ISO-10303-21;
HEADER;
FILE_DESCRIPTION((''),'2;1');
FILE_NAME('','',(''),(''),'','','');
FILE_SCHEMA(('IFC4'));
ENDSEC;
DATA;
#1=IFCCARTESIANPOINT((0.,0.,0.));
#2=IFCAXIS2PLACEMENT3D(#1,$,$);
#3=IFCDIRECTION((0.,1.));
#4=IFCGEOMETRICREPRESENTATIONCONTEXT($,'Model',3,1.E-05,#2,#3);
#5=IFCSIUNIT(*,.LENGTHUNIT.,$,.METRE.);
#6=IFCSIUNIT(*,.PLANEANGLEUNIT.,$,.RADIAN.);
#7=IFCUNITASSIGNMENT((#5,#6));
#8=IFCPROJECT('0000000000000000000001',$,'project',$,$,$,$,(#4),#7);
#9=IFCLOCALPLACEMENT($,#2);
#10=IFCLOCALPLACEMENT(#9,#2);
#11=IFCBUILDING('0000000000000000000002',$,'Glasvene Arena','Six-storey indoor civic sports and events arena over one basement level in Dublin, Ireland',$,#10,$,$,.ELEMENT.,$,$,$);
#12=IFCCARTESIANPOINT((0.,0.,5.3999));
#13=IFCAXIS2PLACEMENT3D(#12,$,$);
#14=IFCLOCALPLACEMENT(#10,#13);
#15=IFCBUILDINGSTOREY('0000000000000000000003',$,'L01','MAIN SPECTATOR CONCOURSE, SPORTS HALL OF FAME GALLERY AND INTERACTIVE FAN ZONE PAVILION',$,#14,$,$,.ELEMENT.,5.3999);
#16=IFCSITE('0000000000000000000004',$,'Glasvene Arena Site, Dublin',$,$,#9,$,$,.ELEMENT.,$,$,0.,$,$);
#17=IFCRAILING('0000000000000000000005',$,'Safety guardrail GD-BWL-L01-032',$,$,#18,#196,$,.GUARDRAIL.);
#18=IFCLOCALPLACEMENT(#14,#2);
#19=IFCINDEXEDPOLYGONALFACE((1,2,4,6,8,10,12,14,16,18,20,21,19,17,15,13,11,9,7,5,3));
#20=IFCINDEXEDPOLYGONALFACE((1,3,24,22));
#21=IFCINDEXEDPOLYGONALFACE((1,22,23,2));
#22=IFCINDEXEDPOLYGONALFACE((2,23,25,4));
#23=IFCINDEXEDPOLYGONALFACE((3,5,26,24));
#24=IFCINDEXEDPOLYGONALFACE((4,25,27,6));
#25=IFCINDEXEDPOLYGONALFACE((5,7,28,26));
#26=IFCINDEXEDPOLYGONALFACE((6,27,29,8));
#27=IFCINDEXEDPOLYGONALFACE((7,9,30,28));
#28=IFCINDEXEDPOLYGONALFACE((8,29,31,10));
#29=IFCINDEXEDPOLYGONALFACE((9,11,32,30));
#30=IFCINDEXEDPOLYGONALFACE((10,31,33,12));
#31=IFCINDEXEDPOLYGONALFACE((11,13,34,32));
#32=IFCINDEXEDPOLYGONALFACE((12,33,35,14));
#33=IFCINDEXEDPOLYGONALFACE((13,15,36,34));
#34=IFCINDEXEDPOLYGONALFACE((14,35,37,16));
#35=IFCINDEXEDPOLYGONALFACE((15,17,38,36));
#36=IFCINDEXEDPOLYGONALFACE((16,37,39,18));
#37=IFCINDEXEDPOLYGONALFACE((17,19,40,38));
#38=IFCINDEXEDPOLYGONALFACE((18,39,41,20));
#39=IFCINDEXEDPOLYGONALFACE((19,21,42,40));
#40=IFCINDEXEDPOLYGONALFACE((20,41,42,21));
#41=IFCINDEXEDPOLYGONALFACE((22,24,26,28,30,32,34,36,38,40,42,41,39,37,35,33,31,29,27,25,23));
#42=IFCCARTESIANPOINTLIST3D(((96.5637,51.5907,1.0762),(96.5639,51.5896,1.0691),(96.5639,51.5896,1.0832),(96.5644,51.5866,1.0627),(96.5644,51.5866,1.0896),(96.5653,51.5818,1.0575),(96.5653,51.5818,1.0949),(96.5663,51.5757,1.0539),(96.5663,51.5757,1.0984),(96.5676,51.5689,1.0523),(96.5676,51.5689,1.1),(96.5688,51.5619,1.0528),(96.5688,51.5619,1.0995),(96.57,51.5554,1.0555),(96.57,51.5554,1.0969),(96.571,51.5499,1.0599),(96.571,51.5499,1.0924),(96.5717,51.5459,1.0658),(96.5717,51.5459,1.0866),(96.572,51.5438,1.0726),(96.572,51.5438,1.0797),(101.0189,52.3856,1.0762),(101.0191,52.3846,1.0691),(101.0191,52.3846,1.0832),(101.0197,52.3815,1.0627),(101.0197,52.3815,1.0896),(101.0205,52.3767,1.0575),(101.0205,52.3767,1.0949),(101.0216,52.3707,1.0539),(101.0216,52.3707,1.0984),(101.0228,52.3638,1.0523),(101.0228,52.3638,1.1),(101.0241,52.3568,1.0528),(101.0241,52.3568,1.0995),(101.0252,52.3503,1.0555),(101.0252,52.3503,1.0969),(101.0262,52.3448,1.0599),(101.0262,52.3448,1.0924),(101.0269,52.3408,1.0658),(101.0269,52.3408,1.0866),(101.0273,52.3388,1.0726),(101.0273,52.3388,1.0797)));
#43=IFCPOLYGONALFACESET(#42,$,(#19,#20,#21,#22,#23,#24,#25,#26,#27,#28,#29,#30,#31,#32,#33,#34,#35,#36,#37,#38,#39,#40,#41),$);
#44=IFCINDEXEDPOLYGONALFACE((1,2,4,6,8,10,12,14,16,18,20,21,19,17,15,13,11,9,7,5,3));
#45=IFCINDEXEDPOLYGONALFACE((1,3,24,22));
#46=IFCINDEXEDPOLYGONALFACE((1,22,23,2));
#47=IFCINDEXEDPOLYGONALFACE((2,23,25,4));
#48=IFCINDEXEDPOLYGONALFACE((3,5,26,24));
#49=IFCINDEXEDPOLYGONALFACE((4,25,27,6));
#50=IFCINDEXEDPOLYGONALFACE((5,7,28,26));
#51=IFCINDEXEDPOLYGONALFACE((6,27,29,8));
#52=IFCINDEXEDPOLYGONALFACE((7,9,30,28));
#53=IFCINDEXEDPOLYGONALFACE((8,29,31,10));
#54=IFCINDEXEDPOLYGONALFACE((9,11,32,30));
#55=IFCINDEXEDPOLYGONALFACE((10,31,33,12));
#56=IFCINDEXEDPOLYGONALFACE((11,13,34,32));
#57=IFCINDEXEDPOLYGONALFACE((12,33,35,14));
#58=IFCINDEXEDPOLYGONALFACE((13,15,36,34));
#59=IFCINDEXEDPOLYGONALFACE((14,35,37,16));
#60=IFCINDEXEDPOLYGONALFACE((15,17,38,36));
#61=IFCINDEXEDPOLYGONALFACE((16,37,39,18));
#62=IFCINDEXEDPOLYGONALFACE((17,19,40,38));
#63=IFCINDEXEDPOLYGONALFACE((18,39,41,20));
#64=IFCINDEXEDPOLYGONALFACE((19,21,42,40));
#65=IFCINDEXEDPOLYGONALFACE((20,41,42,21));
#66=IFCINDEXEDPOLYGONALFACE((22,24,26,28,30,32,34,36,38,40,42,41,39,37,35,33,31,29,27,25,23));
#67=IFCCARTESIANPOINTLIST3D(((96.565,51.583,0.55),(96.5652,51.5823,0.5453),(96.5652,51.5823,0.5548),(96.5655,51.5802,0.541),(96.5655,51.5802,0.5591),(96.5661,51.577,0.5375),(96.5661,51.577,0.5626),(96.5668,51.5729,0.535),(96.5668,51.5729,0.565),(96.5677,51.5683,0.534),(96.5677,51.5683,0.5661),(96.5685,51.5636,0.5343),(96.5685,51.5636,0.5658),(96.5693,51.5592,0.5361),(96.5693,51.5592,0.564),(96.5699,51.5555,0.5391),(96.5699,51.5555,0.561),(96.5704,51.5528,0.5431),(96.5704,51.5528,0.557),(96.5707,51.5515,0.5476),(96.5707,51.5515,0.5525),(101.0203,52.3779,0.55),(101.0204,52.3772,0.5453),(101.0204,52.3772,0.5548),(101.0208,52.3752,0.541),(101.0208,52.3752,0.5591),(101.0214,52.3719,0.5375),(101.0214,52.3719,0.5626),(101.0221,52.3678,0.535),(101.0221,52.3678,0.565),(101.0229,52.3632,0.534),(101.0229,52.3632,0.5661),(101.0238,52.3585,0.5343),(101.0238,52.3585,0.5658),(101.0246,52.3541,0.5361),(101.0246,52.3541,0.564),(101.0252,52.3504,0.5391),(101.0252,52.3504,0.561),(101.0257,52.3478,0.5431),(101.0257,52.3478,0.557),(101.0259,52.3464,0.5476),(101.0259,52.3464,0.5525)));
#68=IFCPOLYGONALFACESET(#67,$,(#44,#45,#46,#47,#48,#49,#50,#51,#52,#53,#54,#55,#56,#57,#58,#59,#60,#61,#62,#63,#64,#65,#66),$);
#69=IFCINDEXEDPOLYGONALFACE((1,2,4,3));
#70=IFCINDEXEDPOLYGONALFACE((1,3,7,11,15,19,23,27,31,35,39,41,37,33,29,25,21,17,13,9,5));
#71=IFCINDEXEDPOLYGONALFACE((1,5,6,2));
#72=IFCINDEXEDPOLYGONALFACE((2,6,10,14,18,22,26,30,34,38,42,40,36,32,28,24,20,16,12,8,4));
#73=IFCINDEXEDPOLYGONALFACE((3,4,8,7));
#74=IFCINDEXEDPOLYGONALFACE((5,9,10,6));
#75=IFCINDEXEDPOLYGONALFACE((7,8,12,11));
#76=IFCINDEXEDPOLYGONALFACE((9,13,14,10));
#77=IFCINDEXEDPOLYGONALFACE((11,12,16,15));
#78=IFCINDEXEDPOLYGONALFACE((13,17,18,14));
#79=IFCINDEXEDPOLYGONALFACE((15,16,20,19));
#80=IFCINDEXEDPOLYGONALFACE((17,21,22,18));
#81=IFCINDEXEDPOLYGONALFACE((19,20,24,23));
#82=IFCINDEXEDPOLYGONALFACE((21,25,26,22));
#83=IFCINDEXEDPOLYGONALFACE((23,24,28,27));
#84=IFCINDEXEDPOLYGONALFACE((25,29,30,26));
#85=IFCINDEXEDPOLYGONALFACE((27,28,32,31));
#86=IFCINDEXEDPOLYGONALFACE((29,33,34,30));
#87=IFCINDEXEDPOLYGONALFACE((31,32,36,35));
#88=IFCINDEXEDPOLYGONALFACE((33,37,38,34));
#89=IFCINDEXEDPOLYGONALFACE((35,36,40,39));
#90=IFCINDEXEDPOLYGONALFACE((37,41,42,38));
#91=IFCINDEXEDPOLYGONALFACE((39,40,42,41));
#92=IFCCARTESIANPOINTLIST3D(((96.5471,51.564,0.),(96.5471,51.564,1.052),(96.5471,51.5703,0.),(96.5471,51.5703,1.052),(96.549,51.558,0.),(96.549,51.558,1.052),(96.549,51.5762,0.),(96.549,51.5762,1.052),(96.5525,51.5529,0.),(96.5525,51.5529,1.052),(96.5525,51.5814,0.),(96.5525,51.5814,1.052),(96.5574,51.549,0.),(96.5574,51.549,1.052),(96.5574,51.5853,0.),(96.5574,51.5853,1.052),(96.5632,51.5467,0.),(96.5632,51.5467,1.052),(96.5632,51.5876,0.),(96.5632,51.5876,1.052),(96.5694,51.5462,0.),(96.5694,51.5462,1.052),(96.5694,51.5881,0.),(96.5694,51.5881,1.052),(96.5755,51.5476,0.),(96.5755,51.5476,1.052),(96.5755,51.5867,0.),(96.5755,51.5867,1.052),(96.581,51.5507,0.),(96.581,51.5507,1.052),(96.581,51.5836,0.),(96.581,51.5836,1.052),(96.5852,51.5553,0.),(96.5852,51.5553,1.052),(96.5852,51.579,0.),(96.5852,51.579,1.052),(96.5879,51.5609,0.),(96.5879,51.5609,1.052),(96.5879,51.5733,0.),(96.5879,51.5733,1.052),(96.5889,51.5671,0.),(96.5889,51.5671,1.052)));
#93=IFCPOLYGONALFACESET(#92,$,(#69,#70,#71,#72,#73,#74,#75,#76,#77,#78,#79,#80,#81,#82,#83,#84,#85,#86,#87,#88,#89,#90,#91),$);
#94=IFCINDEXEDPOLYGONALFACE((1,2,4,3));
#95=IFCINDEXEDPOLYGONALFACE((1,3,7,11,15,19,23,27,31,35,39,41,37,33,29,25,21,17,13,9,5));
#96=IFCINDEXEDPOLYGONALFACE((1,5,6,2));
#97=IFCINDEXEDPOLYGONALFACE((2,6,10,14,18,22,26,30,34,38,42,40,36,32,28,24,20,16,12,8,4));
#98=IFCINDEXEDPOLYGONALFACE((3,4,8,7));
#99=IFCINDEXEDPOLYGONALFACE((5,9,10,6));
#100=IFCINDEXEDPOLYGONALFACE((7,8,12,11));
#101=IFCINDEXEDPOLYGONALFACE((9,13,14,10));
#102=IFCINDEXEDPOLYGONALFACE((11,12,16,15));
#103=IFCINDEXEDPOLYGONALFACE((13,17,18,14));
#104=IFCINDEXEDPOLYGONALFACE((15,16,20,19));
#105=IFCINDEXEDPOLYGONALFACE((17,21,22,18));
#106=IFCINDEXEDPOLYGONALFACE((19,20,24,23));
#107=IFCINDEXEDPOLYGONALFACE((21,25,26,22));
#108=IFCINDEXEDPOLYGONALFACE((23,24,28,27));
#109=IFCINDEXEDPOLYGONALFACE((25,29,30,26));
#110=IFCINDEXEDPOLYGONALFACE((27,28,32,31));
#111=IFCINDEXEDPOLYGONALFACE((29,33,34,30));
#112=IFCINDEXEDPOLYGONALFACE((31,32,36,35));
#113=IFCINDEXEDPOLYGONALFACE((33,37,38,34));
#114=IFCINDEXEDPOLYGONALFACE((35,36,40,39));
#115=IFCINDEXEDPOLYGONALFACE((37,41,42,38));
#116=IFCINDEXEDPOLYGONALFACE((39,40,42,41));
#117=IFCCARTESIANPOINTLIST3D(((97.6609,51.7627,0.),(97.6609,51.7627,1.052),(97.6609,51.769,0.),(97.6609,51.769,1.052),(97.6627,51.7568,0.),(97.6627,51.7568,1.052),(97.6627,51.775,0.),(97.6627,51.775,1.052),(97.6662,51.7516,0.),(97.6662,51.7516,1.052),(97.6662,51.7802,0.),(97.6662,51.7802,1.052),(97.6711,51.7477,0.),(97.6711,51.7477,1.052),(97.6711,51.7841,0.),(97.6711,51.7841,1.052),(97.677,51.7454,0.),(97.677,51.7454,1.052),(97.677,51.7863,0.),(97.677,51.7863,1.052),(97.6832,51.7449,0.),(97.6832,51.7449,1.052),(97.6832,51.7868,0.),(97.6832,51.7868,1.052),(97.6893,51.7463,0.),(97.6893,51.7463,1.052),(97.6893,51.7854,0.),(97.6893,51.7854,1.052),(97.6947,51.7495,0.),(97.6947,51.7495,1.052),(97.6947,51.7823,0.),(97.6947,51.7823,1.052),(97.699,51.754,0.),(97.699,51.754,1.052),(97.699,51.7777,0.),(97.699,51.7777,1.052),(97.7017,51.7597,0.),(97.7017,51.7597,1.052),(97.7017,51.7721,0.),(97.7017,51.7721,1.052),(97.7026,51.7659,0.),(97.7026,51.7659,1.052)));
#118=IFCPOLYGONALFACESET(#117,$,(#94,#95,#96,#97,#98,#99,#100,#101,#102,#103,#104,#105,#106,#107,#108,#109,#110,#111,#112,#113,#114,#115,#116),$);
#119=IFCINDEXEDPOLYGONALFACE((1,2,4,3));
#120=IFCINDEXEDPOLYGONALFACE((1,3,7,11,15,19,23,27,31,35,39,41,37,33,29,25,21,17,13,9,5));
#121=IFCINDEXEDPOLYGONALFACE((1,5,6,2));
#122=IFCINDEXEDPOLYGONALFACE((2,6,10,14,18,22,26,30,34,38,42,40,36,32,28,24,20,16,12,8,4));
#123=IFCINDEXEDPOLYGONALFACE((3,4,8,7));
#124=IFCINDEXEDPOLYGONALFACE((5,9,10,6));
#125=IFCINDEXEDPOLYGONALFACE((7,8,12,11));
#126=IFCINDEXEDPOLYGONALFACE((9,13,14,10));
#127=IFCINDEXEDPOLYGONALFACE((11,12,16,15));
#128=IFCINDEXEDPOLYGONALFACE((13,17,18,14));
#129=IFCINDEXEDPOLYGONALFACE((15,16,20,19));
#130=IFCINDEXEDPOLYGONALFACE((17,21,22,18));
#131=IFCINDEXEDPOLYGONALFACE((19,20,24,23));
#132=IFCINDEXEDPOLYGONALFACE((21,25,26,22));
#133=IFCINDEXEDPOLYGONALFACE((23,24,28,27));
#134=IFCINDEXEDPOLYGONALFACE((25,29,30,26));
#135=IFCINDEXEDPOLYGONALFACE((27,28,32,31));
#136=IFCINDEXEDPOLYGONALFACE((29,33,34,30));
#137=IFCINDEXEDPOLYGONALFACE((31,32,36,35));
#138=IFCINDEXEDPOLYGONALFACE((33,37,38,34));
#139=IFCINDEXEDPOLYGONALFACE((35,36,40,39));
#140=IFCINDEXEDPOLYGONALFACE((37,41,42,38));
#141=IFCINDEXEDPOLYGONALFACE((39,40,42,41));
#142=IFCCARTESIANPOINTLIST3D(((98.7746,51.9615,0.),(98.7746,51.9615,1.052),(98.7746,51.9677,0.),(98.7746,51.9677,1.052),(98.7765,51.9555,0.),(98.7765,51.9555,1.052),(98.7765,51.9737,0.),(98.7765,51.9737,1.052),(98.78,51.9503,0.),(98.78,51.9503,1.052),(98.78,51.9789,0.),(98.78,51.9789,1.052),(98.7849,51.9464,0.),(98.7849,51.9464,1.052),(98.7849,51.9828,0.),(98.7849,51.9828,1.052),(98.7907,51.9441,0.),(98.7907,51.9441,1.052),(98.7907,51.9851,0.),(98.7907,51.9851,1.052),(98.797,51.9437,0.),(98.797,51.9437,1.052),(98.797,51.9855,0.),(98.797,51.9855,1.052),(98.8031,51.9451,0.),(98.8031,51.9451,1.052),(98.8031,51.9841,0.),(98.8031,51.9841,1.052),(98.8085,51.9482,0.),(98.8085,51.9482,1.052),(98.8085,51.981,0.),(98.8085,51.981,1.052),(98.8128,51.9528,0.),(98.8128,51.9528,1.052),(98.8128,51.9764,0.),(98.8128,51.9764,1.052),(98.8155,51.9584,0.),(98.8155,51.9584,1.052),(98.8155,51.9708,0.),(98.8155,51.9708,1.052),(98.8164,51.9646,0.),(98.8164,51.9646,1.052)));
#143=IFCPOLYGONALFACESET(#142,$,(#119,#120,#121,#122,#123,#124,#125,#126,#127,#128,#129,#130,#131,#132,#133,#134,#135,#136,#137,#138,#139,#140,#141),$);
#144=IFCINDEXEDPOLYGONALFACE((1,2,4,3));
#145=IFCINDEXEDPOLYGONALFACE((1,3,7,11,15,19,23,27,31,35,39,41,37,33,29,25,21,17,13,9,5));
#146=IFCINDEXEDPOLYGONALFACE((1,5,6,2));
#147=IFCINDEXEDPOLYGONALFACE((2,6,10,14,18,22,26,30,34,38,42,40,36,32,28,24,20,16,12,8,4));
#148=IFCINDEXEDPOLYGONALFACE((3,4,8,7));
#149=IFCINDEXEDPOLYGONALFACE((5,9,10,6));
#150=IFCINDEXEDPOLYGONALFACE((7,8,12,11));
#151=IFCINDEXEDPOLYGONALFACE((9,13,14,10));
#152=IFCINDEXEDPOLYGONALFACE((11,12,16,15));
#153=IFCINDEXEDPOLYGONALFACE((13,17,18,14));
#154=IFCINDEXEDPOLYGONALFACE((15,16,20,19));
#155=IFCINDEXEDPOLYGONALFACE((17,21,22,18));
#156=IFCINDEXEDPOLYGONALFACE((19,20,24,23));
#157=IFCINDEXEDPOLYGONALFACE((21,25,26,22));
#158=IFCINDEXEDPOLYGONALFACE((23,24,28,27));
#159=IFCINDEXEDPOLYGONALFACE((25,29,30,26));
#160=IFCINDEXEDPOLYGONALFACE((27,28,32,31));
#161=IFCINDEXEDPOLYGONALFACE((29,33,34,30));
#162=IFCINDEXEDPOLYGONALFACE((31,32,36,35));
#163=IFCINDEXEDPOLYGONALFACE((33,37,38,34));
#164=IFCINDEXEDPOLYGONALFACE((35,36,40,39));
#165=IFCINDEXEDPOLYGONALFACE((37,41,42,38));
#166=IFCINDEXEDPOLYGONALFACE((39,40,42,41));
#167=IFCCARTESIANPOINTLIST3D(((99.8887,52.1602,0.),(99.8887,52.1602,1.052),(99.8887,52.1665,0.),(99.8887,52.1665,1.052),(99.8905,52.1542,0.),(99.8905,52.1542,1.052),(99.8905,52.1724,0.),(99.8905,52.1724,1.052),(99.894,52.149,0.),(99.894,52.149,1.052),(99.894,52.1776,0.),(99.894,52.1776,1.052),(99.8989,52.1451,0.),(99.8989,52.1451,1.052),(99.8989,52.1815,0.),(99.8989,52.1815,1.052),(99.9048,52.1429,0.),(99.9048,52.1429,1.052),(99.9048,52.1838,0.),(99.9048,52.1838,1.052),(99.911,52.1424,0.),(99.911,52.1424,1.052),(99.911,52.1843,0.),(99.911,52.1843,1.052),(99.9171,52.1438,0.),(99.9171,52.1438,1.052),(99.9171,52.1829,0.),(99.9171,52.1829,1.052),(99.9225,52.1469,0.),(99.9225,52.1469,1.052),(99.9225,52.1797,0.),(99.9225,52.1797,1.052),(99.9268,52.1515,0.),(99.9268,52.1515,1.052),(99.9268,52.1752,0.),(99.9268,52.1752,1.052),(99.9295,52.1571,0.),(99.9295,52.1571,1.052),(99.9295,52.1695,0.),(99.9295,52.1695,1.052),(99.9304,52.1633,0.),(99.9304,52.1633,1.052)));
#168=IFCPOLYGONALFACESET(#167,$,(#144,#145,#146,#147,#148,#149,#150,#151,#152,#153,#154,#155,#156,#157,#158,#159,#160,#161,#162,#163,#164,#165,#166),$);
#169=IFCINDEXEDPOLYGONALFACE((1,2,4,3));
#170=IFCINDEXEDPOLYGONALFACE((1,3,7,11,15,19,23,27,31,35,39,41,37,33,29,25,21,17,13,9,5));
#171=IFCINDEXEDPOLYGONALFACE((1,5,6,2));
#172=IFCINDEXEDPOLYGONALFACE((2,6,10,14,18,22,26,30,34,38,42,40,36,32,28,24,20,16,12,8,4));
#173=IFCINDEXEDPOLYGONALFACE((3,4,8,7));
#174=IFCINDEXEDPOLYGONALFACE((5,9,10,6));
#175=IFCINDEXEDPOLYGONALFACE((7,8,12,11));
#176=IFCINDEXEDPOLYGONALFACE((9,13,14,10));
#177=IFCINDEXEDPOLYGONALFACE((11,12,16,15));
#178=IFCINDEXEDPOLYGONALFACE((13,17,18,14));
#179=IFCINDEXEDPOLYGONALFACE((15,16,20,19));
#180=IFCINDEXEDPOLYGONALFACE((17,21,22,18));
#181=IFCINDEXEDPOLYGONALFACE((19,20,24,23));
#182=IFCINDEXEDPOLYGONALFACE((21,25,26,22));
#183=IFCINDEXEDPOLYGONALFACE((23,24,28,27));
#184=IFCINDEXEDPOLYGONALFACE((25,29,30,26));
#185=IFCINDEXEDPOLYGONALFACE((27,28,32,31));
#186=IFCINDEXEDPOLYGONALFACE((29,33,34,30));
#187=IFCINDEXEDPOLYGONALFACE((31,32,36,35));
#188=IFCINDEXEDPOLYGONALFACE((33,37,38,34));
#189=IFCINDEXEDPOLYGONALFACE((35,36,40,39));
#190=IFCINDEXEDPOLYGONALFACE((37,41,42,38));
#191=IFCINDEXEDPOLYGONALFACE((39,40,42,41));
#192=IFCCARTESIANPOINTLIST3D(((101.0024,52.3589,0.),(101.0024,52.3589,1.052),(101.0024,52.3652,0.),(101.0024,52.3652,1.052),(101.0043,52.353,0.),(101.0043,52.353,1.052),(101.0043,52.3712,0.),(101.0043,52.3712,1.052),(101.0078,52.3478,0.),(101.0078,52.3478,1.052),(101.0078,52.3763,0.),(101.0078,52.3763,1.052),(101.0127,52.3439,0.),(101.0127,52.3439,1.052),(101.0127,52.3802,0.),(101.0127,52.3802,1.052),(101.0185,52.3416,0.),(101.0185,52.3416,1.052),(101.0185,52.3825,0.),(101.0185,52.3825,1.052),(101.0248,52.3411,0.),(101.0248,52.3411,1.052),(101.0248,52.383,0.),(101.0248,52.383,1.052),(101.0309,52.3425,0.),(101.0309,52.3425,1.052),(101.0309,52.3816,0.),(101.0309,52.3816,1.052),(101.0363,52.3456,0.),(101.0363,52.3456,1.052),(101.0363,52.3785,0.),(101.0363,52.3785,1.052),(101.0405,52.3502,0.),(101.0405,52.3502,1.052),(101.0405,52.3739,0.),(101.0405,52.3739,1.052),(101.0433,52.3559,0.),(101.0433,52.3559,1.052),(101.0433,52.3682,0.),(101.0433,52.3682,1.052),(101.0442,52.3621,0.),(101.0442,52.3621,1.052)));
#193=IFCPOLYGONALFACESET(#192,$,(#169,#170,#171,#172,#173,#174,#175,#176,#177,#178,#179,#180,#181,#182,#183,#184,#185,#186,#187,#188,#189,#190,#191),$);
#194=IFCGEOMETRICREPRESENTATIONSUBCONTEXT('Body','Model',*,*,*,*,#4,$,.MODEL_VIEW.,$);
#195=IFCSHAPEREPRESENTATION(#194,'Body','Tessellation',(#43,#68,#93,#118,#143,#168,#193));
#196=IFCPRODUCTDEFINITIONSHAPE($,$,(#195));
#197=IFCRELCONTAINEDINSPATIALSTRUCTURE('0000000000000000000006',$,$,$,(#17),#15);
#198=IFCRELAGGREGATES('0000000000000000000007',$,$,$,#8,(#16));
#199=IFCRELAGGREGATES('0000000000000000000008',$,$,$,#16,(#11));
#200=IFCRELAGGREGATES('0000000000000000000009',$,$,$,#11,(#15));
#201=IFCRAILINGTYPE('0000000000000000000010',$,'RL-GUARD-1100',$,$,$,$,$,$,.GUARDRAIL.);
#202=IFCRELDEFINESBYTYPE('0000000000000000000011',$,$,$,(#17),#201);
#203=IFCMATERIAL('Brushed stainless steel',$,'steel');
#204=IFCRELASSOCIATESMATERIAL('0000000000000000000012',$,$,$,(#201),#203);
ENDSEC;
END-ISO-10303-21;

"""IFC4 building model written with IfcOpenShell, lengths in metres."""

from ifc_helpers import new_model, si_unit, direction, frame, origin, origin_2d, place, context, subcontext, project, spatial, circle, extrude, material, type_object, element, save


model = new_model("IFC4")

# Units and contexts
model_context = context("Model", 3, precision=1e-05, world=origin(), true_north=direction((0.0, 1.0)))
body_context = subcontext(model_context, "Body", "Model", "MODEL_VIEW")
ifc_project = project(units=[si_unit("LENGTHUNIT", "METRE"), si_unit("PLANEANGLEUNIT", "RADIAN")], contexts=[model_context])

# Site, building, storey
site_placement = place(None, origin())
site = spatial("IfcSite", under=ifc_project, at=site_placement, Name="Glasvene Arena Site, Dublin", CompositionType="ELEMENT", RefElevation=0.0)
building_placement = place(site_placement, origin())
building = spatial("IfcBuilding", under=site, at=building_placement, Name="Glasvene Arena", Description="Six-storey indoor civic sports and events arena over one basement level in Dublin, Ireland", CompositionType="ELEMENT")
storey_placement = place(building_placement, frame((0.0, 0.0, 5.3999)))
storey = spatial("IfcBuildingStorey", under=building, at=storey_placement, Name="L01", Description="MAIN SPECTATOR CONCOURSE, SPORTS HALL OF FAME GALLERY AND INTERACTIVE FAN ZONE PAVILION", CompositionType="ELEMENT", Elevation=5.3999)

# Railing
ifc_material_1 = material(Name="Brushed stainless steel", Category="steel")
railing_type = type_object("IfcRailingType", Name="RL-GUARD-1100", PredefinedType="GUARDRAIL", material=ifc_material_1)
railing_1_placement = place(storey_placement, frame((96.5679, 51.5671, 0.0)))
element("IfcRailing", 1, at=railing_1_placement, inside=storey, type_object=railing_type, Name="Safety guardrail GD-BWL-L01-032", PredefinedType="GUARDRAIL", context=body_context, shape_type="SweptSolid", body=[
    extrude(circle(Radius=0.0239, at=origin_2d()), frame((0.0, 0.0, 1.0762), z_axis=(0.984453, 0.175647, 0.0), x_axis=(-0.175647, 0.984453, 0.0)), (0.0, 0.0, 1.0), 4.5256),
    extrude(circle(Radius=0.0161, at=origin_2d()), frame((0.0, 0.0, 0.55), z_axis=(0.984453, 0.175647, 0.0), x_axis=(-0.175647, 0.984453, 0.0)), (0.0, 0.0, 1.0), 4.5256),
    extrude(circle(Radius=0.021, at=origin_2d()), origin(), (0.0, 0.0, 1.0), 1.052),
    extrude(circle(Radius=0.021, at=origin_2d()), frame((1.1138, 0.1987, 0.0)), (0.0, 0.0, 1.0), 1.052),
    extrude(circle(Radius=0.021, at=origin_2d()), frame((2.2275, 0.3975, 0.0)), (0.0, 0.0, 1.0), 1.052),
    extrude(circle(Radius=0.021, at=origin_2d()), frame((3.3416, 0.5962, 0.0)), (0.0, 0.0, 1.0), 1.052),
    extrude(circle(Radius=0.021, at=origin_2d()), frame((4.4553, 0.7949, 0.0)), (0.0, 0.0, 1.0), 1.052),
])

save(model, "model.ifc")
